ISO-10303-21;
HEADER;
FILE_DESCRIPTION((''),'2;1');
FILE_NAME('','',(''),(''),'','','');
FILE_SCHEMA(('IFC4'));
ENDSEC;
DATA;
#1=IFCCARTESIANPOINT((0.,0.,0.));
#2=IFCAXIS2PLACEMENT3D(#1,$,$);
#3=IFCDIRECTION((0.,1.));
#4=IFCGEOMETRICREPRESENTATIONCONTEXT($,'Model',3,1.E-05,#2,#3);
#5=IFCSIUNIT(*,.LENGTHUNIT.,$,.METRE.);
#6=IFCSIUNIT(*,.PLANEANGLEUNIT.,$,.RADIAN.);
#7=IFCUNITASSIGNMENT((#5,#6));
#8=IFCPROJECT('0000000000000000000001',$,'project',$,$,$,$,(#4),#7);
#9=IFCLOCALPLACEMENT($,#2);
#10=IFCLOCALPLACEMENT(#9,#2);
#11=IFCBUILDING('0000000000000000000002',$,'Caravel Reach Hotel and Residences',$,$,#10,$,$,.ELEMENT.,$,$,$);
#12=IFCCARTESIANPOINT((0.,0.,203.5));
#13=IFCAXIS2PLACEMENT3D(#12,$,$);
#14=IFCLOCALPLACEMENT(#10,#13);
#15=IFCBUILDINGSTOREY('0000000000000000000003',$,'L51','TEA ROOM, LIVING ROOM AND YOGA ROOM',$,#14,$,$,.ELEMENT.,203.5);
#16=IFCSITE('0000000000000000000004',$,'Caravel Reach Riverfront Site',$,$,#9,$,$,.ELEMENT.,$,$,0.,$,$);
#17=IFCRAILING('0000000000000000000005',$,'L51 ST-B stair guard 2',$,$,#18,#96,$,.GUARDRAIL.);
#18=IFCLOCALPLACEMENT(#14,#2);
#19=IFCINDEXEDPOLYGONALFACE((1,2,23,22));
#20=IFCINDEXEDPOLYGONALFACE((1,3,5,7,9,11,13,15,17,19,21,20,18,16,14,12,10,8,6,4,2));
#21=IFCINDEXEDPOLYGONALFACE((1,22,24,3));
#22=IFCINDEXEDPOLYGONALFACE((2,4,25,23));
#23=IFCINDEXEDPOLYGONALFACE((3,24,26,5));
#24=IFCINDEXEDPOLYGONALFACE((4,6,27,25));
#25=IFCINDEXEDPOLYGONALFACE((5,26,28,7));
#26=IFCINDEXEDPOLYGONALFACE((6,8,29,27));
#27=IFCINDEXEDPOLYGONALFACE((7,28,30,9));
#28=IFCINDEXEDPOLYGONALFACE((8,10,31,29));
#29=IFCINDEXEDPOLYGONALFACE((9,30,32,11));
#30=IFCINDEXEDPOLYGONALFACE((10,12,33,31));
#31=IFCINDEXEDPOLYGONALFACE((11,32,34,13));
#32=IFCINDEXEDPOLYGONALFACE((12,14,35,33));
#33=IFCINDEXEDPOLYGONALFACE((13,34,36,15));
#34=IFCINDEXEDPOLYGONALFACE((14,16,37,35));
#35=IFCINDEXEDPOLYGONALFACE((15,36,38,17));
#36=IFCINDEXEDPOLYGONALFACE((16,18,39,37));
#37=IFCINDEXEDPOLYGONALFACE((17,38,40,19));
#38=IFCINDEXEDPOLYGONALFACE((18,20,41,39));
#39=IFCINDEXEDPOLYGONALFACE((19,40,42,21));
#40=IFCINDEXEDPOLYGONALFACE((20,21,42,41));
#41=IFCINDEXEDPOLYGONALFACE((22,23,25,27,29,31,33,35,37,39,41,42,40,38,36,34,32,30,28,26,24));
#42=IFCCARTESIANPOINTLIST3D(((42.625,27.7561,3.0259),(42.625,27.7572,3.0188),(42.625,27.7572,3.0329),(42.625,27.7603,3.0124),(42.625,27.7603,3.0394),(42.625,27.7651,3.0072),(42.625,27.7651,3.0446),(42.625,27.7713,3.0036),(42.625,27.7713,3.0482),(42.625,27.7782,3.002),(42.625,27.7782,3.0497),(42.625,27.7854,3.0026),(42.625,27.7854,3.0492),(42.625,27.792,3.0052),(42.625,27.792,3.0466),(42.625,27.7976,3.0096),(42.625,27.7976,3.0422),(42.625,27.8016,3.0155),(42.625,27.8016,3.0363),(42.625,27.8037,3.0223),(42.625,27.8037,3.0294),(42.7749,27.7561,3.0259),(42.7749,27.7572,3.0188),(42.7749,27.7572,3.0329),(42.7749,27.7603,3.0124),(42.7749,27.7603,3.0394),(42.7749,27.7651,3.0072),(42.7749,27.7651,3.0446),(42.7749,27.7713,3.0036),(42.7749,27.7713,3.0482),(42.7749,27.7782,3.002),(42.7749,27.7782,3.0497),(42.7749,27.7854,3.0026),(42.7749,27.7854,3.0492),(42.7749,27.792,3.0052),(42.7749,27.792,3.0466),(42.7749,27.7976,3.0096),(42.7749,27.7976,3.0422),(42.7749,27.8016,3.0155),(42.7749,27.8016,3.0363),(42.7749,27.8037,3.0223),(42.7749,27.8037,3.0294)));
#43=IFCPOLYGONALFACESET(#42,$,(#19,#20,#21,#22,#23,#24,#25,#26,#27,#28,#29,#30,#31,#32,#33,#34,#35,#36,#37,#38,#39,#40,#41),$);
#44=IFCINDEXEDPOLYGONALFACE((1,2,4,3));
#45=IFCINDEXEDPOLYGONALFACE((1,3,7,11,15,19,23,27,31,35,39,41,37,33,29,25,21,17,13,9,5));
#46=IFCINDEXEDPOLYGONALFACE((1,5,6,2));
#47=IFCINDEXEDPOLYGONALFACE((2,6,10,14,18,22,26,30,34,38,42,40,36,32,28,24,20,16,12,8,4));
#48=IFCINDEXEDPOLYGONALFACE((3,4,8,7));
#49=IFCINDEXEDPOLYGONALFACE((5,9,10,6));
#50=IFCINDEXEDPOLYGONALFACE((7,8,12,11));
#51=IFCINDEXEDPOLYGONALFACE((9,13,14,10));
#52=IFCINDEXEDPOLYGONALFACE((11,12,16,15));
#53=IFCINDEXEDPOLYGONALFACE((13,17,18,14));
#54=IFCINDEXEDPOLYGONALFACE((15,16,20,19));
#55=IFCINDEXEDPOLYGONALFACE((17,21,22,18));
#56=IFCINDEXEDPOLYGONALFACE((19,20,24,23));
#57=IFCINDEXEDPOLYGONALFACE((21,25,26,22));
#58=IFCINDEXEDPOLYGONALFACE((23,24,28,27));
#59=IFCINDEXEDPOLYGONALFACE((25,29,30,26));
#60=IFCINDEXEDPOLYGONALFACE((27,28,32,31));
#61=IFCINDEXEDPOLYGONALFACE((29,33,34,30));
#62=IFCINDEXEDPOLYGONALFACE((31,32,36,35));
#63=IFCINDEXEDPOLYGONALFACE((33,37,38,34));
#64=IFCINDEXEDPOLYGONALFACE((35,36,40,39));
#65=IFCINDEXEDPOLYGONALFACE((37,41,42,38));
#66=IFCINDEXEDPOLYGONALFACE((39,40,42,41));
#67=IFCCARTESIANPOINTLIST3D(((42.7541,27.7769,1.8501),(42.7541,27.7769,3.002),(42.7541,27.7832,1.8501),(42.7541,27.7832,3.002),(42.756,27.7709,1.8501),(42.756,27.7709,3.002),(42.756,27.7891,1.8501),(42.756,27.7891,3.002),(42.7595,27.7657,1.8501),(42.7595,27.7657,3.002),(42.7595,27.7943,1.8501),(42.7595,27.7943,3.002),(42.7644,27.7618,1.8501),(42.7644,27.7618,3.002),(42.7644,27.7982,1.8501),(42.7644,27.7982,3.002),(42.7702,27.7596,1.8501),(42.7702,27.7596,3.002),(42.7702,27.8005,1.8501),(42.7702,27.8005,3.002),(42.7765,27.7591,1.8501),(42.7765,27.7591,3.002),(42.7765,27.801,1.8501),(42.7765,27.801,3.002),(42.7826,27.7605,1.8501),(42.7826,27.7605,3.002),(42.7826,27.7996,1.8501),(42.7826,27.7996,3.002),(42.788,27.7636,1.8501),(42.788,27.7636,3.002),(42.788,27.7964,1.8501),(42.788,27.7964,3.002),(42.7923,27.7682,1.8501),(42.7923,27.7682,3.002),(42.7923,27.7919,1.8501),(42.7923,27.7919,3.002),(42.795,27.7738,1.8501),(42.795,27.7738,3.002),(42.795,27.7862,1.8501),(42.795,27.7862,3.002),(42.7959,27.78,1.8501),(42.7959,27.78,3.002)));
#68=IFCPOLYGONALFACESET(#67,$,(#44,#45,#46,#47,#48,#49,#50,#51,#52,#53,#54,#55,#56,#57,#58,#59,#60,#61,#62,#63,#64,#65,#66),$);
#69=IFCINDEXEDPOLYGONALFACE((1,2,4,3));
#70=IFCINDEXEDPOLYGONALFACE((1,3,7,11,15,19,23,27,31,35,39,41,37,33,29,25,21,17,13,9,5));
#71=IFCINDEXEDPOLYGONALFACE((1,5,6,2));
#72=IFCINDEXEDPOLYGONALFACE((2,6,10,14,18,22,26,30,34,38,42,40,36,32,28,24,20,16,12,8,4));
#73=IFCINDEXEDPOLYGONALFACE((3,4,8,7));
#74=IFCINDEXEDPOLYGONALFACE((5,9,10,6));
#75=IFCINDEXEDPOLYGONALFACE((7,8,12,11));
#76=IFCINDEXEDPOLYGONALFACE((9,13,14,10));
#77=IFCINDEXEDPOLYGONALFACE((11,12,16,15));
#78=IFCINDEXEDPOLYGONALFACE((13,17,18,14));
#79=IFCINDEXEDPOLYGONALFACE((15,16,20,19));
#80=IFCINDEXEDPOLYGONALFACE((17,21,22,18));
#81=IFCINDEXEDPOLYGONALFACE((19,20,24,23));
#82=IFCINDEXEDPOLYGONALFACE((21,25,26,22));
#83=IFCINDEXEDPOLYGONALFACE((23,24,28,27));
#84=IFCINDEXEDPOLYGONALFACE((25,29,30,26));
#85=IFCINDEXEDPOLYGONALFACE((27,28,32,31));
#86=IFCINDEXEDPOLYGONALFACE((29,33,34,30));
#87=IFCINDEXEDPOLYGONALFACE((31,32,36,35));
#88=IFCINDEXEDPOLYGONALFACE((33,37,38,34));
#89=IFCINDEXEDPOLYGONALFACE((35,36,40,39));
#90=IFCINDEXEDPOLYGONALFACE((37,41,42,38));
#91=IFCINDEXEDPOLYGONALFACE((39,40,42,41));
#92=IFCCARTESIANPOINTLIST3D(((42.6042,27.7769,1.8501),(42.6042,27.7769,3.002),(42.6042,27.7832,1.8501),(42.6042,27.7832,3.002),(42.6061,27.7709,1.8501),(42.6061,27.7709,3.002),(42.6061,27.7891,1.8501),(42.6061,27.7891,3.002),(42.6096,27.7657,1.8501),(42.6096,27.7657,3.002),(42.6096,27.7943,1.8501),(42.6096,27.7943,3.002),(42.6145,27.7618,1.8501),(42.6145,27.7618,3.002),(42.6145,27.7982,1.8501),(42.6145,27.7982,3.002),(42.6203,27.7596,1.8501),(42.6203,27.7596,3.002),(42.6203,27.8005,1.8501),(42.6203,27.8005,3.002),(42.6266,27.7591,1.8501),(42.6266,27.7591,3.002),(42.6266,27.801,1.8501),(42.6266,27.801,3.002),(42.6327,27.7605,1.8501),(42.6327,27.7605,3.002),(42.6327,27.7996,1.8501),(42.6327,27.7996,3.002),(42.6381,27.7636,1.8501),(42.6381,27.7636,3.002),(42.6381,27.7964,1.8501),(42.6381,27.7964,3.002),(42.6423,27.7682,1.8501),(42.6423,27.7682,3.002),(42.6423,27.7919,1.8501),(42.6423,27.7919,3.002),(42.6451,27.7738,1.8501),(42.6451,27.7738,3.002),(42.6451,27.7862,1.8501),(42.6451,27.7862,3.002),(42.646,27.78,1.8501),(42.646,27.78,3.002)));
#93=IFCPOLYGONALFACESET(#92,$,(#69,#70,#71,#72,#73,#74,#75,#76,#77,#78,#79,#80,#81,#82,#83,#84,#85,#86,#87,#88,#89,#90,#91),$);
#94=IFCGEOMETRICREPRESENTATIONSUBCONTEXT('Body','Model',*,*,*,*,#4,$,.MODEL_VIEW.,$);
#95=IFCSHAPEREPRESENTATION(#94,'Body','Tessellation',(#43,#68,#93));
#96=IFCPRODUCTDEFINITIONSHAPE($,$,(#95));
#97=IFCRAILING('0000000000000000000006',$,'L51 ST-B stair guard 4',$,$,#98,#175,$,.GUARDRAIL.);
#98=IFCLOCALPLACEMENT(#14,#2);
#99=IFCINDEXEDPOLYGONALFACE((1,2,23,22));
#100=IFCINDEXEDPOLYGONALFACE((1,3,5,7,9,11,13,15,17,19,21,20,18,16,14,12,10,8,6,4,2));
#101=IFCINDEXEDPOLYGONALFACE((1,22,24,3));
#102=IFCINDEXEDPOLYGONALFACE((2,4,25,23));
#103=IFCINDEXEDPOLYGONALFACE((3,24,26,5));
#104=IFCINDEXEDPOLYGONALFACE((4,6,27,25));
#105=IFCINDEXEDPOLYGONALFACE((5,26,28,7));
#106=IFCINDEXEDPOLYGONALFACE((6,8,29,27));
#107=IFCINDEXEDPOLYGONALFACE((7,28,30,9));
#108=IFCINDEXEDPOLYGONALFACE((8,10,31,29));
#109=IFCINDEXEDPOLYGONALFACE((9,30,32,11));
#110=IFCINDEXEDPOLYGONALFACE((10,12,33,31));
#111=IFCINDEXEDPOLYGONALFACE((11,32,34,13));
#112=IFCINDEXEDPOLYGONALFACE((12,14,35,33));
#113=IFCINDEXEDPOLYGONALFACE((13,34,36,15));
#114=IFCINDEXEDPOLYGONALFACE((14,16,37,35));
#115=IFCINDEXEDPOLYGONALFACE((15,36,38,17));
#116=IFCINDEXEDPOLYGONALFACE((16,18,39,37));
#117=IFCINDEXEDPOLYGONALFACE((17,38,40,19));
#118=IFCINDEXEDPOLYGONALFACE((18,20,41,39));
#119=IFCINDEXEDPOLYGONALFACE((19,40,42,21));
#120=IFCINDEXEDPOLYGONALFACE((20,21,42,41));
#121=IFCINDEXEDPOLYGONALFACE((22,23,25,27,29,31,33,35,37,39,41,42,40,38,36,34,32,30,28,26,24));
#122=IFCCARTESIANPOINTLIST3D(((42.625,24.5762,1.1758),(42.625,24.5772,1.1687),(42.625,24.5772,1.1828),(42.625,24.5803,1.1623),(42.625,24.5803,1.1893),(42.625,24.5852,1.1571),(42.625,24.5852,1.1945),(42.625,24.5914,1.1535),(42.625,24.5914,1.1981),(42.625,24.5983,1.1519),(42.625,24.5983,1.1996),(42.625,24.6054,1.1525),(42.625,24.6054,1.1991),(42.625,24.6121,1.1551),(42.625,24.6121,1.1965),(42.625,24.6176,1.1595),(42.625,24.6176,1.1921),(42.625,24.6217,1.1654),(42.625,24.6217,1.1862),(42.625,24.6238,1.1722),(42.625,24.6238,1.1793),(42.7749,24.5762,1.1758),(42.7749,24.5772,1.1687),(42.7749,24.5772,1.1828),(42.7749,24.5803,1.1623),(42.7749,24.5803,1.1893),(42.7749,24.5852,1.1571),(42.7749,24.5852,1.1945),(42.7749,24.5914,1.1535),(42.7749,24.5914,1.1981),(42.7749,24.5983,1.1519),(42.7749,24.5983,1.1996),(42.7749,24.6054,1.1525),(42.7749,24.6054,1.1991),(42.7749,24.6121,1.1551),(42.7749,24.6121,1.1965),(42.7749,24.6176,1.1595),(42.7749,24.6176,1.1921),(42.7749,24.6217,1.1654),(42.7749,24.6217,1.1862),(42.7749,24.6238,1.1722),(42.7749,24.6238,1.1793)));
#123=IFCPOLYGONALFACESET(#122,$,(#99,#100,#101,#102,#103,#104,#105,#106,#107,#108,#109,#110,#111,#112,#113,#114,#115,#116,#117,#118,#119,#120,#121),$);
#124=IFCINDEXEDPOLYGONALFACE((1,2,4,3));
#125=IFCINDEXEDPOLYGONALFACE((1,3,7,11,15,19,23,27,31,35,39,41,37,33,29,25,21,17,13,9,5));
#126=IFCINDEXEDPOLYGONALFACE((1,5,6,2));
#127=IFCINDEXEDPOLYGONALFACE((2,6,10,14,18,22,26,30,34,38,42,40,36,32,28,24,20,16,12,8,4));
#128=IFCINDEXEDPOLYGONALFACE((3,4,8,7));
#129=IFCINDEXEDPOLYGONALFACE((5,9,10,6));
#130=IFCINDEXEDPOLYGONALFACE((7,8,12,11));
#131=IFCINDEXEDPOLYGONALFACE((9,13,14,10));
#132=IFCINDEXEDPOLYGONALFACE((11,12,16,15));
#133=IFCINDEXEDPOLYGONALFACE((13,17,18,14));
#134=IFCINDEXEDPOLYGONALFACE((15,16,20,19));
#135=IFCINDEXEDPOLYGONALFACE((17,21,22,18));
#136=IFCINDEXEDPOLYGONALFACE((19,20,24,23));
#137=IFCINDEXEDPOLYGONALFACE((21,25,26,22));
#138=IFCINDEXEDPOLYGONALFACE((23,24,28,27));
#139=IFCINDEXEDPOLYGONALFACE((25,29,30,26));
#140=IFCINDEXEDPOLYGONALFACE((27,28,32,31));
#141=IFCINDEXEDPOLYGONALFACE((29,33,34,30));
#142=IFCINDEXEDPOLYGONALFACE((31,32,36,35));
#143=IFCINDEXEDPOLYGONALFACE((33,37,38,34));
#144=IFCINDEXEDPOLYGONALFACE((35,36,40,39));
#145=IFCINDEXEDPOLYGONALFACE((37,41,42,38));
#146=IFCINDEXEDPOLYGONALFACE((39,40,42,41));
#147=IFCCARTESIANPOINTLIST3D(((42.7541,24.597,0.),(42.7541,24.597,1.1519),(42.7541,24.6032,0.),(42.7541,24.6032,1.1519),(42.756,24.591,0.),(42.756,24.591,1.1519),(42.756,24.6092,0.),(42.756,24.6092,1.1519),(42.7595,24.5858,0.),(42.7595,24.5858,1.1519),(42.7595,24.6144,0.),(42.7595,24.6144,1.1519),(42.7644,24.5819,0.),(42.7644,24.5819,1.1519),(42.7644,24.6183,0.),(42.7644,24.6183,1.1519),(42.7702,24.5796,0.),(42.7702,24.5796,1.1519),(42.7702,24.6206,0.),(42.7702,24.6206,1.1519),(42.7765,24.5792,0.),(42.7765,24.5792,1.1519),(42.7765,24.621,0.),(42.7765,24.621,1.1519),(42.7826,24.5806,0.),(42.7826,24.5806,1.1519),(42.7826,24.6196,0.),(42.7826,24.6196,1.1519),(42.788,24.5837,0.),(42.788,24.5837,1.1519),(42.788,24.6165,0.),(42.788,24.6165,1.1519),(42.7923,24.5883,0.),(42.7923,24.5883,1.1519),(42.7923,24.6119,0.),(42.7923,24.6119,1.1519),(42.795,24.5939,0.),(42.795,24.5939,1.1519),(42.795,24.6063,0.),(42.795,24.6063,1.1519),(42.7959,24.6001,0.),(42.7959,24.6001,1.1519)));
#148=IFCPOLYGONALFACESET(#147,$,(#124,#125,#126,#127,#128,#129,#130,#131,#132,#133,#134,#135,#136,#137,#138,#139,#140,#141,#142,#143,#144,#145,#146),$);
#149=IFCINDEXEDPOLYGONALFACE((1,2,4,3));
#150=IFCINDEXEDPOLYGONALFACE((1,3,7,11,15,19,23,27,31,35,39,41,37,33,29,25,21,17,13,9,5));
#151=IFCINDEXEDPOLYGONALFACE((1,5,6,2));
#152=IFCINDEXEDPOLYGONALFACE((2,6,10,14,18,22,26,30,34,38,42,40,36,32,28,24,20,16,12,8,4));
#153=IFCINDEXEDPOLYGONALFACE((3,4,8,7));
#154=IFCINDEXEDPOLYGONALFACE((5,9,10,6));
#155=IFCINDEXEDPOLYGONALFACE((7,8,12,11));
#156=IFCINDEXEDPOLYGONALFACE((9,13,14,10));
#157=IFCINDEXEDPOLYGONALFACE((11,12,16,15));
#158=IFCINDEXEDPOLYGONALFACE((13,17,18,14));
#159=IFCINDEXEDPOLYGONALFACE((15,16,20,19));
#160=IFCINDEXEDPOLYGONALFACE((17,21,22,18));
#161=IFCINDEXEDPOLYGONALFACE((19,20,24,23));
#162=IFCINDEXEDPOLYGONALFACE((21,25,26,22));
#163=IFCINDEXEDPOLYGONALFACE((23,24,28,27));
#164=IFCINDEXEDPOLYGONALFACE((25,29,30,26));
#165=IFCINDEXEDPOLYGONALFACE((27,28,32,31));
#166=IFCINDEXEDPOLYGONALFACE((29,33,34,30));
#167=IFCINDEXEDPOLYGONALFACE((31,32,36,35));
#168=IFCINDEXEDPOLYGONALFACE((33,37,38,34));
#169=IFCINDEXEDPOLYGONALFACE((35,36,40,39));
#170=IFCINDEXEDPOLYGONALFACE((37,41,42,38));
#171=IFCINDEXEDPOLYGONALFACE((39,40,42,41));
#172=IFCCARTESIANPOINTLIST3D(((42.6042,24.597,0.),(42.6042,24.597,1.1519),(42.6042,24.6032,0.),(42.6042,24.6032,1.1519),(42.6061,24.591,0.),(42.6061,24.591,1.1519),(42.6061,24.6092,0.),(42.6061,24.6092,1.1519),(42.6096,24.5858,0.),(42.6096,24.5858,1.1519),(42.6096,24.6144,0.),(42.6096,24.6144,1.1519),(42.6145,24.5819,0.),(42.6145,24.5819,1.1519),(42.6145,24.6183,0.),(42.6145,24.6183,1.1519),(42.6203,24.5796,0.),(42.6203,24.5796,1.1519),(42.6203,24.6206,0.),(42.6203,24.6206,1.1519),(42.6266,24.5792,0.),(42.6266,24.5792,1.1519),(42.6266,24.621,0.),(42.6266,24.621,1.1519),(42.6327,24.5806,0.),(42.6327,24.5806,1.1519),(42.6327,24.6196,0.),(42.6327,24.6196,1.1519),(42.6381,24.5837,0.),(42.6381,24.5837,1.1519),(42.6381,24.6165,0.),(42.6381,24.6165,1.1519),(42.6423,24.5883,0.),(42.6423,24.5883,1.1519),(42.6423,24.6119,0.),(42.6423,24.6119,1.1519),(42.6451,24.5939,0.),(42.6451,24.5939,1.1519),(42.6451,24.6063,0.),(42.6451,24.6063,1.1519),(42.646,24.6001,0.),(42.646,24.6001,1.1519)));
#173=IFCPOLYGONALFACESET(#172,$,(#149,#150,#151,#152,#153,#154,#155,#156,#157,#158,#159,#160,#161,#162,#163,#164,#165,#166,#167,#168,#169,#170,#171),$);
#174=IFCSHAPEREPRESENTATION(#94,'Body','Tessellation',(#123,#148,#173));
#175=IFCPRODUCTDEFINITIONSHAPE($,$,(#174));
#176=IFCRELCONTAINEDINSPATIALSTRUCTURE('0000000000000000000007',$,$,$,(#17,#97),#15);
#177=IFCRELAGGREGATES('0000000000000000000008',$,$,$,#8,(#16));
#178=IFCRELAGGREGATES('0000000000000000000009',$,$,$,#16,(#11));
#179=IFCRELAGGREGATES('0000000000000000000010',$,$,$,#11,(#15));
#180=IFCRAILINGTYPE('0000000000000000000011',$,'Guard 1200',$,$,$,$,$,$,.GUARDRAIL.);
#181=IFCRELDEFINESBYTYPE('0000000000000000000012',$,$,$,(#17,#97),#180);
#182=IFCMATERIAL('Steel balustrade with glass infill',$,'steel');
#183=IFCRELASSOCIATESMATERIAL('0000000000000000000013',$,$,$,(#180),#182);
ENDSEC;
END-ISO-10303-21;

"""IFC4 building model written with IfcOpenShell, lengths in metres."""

from ifc_helpers import new_model, si_unit, direction, frame, origin, origin_2d, place, context, subcontext, project, spatial, circle, extrude, material, type_object, element, save


model = new_model("IFC4")

# Units and contexts
model_context = context("Model", 3, precision=1e-05, world=origin(), true_north=direction((0.0, 1.0)))
body_context = subcontext(model_context, "Body", "Model", "MODEL_VIEW")
ifc_project = project(units=[si_unit("LENGTHUNIT", "METRE"), si_unit("PLANEANGLEUNIT", "RADIAN")], contexts=[model_context])

# Site, building, storey
site_placement = place(None, origin())
site = spatial("IfcSite", under=ifc_project, at=site_placement, Name="Caravel Reach Riverfront Site", CompositionType="ELEMENT", RefElevation=0.0)
building_placement = place(site_placement, origin())
building = spatial("IfcBuilding", under=site, at=building_placement, Name="Caravel Reach Hotel and Residences", CompositionType="ELEMENT")
storey_placement = place(building_placement, frame((0.0, 0.0, 203.5)))
storey = spatial("IfcBuildingStorey", under=building, at=storey_placement, Name="L51", Description="TEA ROOM, LIVING ROOM AND YOGA ROOM", CompositionType="ELEMENT", Elevation=203.5)

# Railings
ifc_material_1 = material(Name="Steel balustrade with glass infill", Category="steel")
railing_type_1 = type_object("IfcRailingType", Name="Guard 1200", PredefinedType="GUARDRAIL", material=ifc_material_1)
for number, where, name in (
    (1, (42.7749, 27.78, 1.8501), "L51 ST-B stair guard 2"),
    (2, (42.7749, 24.6001, 0.0), "L51 ST-B stair guard 4"),
):
    element("IfcRailing", number, at=place(storey_placement, frame(where)), inside=storey, type_object=railing_type_1, Name=name, PredefinedType="GUARDRAIL", context=body_context, shape_type="SweptSolid", body=[
        extrude(circle(Radius=0.0239, at=origin_2d()), frame((0.0, 0.0, 1.1758), z_axis=(-1.0, 0.0, 0.0), x_axis=(0.0, -1.0, 0.0)), (0.0, 0.0, 1.0), 0.1499),
        extrude(circle(Radius=0.021, at=origin_2d()), origin(), (0.0, 0.0, 1.0), 1.1519),
        extrude(circle(Radius=0.021, at=origin_2d()), frame((-0.1499, 0.0, 0.0)), (0.0, 0.0, 1.0), 1.1519),
    ])

save(model, "model.ifc")
